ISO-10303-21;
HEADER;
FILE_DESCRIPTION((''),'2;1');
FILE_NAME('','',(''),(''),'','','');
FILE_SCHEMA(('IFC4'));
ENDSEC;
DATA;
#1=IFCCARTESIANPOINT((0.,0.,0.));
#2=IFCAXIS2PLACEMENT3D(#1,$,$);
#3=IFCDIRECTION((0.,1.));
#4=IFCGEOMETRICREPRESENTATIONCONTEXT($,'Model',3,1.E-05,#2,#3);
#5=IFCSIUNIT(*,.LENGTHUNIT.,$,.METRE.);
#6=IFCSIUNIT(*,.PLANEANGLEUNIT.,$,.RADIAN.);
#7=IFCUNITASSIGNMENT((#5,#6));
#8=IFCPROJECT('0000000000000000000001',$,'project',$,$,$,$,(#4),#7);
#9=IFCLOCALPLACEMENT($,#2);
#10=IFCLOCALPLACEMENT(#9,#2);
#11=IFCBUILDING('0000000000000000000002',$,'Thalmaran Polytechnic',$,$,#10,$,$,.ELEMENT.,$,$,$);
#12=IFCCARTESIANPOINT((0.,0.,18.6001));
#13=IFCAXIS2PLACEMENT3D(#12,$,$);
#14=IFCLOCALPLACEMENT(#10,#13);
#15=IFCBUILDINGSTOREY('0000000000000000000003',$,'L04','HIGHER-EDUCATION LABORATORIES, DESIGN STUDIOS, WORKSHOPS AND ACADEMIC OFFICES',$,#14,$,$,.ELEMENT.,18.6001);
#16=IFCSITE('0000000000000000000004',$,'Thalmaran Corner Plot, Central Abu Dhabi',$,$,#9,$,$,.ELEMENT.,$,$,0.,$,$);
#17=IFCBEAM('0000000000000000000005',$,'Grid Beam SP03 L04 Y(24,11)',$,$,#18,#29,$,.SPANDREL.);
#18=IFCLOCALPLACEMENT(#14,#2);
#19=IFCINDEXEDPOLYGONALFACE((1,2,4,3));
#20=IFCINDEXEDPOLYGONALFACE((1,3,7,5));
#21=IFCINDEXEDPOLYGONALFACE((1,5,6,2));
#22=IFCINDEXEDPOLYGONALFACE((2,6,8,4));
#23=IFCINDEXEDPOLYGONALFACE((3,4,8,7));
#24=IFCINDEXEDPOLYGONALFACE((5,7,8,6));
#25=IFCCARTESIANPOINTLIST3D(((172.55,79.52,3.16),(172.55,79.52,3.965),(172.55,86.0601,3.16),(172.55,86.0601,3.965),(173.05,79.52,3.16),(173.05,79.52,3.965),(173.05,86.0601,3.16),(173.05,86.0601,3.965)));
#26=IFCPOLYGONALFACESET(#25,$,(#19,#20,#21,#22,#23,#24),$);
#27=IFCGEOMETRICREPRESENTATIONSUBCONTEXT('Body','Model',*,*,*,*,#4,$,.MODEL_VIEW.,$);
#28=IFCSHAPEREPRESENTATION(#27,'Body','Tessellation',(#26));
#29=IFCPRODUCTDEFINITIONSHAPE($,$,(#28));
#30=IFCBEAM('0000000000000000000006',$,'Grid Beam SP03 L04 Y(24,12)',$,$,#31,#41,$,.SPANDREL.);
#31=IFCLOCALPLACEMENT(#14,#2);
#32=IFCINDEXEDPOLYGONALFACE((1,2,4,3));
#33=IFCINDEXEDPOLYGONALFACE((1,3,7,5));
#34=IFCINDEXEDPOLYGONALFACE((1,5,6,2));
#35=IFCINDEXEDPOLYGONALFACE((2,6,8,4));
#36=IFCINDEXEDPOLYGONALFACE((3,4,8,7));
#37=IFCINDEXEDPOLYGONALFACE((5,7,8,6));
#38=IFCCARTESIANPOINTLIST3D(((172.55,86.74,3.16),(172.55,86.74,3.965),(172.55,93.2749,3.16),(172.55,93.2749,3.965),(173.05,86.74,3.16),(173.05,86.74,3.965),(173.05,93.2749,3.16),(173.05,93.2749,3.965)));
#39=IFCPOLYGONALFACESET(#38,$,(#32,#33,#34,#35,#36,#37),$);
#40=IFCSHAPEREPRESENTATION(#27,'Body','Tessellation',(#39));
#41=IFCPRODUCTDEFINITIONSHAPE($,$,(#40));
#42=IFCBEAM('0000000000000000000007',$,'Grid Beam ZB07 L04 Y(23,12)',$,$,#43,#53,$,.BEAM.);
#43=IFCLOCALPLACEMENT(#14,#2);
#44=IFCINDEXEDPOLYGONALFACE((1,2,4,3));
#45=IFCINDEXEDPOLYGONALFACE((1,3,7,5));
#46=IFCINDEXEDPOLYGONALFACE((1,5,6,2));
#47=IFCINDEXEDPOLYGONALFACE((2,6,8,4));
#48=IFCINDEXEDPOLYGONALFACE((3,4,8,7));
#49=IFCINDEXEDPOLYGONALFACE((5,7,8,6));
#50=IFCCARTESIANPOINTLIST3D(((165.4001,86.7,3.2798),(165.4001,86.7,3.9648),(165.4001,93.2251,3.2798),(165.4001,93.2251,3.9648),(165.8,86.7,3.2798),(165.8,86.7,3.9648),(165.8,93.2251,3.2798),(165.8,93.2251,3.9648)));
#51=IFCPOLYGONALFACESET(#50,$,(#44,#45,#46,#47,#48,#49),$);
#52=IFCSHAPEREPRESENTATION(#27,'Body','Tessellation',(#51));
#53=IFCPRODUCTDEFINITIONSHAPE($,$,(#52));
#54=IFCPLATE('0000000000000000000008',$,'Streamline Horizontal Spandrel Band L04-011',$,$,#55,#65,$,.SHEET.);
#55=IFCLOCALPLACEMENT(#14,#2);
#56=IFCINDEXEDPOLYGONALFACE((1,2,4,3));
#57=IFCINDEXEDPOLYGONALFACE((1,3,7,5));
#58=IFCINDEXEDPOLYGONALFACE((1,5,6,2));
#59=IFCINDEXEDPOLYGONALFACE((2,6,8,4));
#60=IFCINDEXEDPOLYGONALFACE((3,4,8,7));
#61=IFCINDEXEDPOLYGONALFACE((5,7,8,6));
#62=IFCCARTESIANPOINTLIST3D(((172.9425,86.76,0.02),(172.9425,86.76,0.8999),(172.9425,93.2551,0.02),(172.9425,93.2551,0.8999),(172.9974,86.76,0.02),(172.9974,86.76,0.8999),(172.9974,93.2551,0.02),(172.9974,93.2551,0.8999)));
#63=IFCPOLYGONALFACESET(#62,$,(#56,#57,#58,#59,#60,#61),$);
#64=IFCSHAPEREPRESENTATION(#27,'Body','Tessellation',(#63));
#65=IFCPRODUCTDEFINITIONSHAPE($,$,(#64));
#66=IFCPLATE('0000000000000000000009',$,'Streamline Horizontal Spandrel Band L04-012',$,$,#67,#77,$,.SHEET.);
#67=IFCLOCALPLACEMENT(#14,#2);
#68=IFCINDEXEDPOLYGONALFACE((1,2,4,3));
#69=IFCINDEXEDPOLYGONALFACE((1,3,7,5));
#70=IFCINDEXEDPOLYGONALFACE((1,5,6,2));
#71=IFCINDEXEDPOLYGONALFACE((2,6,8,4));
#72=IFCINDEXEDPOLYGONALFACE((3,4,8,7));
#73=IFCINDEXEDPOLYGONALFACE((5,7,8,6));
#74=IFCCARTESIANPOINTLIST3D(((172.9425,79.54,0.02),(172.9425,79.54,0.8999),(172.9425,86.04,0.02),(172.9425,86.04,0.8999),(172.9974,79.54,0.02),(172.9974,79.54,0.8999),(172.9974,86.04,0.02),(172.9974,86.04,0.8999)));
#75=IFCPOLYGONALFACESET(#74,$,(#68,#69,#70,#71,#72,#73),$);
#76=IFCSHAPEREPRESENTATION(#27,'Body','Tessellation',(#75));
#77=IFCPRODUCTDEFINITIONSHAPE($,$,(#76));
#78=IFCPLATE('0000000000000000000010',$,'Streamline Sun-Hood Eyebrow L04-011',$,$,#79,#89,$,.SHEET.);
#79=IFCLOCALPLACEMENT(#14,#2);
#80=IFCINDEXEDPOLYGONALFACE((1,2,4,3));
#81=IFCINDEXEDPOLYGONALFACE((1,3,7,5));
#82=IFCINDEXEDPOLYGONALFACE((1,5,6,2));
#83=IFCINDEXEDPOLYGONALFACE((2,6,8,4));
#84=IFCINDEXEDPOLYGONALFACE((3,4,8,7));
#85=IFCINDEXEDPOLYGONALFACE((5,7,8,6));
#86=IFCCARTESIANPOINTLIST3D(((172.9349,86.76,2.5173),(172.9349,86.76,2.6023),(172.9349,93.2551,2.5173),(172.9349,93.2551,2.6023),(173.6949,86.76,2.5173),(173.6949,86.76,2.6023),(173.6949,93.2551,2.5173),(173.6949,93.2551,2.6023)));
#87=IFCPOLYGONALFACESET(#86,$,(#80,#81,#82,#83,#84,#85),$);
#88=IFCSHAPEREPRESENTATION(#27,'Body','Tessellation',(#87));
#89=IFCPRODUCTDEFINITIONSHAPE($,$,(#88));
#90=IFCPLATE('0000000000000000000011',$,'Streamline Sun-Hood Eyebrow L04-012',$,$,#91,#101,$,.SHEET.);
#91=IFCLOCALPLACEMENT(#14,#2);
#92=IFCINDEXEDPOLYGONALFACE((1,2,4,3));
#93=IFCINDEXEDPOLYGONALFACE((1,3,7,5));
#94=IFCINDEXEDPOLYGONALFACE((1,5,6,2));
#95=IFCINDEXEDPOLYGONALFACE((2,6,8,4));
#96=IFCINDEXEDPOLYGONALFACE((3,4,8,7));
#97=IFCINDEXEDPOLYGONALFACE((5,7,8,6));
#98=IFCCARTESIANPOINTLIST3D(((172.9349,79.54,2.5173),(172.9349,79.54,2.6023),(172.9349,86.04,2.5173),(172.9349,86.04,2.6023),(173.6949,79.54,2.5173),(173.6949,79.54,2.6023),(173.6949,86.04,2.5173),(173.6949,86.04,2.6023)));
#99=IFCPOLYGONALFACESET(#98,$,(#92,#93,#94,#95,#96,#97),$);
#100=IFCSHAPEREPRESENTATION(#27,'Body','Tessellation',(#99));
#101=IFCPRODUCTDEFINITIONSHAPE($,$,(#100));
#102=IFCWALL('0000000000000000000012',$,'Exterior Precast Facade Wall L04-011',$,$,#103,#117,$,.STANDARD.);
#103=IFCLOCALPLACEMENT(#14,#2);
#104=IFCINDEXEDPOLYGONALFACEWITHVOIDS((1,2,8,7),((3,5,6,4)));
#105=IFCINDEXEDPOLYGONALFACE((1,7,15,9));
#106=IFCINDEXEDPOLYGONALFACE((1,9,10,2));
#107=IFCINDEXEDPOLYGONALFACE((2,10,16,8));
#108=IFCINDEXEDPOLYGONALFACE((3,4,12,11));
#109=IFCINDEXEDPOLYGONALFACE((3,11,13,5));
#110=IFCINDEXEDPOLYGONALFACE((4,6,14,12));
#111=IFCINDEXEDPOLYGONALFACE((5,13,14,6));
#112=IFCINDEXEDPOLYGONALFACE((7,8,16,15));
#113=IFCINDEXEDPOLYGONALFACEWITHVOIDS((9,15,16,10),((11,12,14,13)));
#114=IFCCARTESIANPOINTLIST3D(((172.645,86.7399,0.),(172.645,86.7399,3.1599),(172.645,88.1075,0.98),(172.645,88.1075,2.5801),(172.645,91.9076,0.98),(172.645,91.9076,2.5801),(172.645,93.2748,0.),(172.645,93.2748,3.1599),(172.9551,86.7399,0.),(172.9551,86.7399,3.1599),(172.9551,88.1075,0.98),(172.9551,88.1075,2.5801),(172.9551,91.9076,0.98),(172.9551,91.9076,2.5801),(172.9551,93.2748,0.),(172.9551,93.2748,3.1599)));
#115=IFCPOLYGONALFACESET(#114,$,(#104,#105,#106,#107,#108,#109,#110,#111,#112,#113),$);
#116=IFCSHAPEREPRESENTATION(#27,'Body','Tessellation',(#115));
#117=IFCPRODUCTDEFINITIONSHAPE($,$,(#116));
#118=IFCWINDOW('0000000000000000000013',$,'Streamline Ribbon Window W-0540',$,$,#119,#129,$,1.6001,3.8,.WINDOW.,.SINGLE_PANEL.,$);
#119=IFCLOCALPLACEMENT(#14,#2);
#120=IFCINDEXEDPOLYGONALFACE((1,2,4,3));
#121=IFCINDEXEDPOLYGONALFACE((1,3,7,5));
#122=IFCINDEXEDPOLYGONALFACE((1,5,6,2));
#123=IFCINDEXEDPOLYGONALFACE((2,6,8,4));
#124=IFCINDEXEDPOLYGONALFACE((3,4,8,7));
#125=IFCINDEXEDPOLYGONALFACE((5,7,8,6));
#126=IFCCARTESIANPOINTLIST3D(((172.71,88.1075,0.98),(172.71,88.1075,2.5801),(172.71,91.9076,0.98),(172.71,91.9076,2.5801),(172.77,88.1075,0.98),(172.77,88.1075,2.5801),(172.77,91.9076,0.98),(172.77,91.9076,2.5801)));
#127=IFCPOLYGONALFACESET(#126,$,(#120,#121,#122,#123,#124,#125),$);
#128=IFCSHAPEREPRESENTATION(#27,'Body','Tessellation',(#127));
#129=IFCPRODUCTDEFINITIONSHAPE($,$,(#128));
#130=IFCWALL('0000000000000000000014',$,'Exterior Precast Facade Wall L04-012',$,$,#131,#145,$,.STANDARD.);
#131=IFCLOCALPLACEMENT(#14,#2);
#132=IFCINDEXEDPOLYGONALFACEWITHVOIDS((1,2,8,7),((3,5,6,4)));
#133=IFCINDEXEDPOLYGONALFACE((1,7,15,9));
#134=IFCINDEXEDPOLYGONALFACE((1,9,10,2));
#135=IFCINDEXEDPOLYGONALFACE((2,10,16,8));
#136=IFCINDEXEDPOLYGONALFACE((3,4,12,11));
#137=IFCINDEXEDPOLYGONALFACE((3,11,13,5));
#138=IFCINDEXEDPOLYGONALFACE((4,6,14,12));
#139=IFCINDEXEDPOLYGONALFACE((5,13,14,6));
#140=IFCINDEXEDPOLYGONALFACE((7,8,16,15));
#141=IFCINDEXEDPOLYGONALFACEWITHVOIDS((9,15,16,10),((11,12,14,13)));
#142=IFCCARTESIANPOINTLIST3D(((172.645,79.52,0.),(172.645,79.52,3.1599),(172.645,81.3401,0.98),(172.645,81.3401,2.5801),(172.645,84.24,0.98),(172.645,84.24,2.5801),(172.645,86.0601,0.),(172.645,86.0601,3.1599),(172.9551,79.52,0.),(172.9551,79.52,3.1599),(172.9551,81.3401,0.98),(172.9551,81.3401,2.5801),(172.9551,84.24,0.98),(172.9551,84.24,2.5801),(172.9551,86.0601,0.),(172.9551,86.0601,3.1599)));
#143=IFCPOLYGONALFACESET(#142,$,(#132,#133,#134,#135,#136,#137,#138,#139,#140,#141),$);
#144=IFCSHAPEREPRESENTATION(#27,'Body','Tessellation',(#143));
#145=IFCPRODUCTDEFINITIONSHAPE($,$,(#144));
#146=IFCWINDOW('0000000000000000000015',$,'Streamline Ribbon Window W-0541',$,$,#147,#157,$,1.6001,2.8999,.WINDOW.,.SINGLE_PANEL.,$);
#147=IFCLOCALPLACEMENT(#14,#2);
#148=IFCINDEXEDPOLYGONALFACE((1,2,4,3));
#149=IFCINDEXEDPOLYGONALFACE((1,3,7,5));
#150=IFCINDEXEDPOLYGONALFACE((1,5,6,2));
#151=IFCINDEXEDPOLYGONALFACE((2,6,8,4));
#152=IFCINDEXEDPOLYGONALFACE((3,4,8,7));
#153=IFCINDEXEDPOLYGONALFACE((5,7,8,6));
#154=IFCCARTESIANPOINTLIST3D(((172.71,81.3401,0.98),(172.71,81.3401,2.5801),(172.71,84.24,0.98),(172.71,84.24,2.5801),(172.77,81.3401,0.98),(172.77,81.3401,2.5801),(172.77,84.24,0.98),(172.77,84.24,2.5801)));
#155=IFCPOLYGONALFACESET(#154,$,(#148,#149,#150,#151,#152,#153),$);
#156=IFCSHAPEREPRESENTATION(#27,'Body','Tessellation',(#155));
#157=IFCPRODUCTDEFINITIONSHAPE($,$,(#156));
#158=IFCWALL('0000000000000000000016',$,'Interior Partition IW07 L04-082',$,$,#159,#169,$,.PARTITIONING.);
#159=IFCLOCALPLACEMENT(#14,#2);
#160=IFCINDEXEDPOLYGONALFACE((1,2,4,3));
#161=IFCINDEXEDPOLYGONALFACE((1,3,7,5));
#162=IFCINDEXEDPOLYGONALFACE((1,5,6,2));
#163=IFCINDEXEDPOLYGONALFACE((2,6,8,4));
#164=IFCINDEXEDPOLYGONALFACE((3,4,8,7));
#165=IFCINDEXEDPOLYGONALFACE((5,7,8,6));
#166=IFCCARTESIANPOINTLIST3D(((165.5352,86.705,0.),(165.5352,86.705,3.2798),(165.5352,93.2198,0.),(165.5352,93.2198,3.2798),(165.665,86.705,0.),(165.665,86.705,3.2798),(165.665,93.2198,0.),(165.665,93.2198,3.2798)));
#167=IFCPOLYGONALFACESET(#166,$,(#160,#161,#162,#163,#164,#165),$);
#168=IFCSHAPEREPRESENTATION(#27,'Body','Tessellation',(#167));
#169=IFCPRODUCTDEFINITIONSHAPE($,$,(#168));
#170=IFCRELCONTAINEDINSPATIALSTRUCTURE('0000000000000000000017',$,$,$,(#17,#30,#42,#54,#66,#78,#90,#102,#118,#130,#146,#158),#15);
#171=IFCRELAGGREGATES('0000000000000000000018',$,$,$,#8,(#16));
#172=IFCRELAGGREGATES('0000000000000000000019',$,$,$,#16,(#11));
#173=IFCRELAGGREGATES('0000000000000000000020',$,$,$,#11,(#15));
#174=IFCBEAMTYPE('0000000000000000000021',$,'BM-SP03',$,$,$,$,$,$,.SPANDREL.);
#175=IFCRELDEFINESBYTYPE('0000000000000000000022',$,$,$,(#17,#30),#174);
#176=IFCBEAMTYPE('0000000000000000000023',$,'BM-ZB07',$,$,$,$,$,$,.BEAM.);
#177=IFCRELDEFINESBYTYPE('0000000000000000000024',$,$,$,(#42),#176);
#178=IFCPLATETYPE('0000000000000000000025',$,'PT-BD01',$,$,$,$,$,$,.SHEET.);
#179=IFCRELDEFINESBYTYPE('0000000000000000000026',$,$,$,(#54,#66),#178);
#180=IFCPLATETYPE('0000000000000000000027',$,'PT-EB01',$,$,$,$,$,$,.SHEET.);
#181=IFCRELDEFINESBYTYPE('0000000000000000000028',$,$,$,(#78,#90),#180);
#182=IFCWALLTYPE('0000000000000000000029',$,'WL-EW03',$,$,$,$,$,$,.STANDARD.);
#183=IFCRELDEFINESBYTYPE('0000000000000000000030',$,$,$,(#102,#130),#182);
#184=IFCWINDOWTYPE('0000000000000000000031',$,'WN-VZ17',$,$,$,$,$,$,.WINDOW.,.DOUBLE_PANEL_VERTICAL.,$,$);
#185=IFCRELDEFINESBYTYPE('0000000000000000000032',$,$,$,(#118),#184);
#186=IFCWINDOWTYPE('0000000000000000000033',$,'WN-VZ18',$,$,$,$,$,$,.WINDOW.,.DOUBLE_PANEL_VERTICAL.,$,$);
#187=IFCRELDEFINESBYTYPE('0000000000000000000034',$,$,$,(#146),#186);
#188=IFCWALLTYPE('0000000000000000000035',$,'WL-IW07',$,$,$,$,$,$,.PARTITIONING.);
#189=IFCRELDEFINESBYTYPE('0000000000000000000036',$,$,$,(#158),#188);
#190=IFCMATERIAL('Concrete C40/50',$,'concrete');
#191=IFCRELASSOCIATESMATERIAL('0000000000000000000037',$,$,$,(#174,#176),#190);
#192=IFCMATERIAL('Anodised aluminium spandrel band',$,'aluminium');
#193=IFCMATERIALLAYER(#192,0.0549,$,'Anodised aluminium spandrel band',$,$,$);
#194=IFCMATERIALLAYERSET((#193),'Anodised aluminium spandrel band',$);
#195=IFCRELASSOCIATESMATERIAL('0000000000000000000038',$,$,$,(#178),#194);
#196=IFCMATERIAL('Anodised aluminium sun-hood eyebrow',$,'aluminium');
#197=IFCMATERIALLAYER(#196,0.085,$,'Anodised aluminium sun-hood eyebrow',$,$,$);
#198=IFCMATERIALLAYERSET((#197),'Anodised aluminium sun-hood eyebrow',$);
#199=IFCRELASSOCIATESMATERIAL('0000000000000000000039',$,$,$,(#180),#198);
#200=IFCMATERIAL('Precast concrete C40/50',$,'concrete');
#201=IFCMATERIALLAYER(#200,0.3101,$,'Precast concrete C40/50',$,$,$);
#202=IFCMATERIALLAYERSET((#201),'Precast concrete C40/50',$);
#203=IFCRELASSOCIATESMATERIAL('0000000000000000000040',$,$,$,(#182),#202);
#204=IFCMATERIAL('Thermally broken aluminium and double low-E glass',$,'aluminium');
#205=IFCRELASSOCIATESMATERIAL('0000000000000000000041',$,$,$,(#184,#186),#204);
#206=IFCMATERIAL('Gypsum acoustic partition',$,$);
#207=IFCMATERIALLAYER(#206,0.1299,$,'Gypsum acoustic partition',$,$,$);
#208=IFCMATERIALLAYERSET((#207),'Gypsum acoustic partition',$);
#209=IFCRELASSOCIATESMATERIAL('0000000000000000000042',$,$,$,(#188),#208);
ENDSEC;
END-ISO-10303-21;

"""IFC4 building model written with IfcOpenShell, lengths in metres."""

from ifc_helpers import new_model, si_unit, direction, frame, frame_2d, origin, origin_2d, place, context, subcontext, project, spatial, rectangle, extrude, material, layer, layer_set, material_profile, profile_set, type_object, element, fill, save


model = new_model("IFC4")

# Units and contexts
model_context = context("Model", 3, precision=1e-05, world=origin(), true_north=direction((0.0, 1.0)))
body_context = subcontext(model_context, "Body", "Model", "MODEL_VIEW")
ifc_project = project(units=[si_unit("LENGTHUNIT", "METRE"), si_unit("PLANEANGLEUNIT", "RADIAN")], contexts=[model_context])

# Site, building, storey
site_placement = place(None, origin())
site = spatial("IfcSite", under=ifc_project, at=site_placement, Name="Thalmaran Corner Plot, Central Abu Dhabi", CompositionType="ELEMENT", RefElevation=0.0)
building_placement = place(site_placement, origin())
building = spatial("IfcBuilding", under=site, at=building_placement, Name="Thalmaran Polytechnic", CompositionType="ELEMENT")
storey_placement = place(building_placement, frame((0.0, 0.0, 18.6001)))
storey = spatial("IfcBuildingStorey", under=building, at=storey_placement, Name="L04", Description="HIGHER-EDUCATION LABORATORIES, DESIGN STUDIOS, WORKSHOPS AND ACADEMIC OFFICES", CompositionType="ELEMENT", Elevation=18.6001)

# Shared definitions
ifc_material_1 = material(Name="Concrete C40/50", Category="concrete")

# Beams
ifc_material_profile_1 = material_profile(ifc_material_1, rectangle(XDim=0.5, YDim=0.8049, at=origin_2d()), Name="RC 500x805")
ifc_profile_set_1 = profile_set([ifc_material_profile_1], Name="Concrete C40/50")
beam_type_1 = type_object("IfcBeamType", Name="BM-SP03", PredefinedType="SPANDREL", material=ifc_profile_set_1)
beam_1_placement = place(storey_placement, frame((172.8, 79.52, 3.5625), z_axis=(0.0, 1.0, 0.0), x_axis=(-1.0, 0.0, 0.0)))
element("IfcBeam", 1, at=beam_1_placement, inside=storey, type_object=beam_type_1, Name="Grid Beam SP03 L04 Y(24,11)", PredefinedType="SPANDREL", context=body_context, shape_type="SweptSolid", body=[
    extrude(rectangle(XDim=0.5, YDim=0.8049, at=origin_2d()), origin(), (0.0, 0.0, 1.0), 6.54),
])
beam_2_placement = place(storey_placement, frame((172.8, 86.74, 3.5625), z_axis=(0.0, 1.0, 0.0), x_axis=(-1.0, 0.0, 0.0)))
element("IfcBeam", 2, at=beam_2_placement, inside=storey, type_object=beam_type_1, Name="Grid Beam SP03 L04 Y(24,12)", PredefinedType="SPANDREL", context=body_context, shape_type="SweptSolid", body=[
    extrude(rectangle(XDim=0.5, YDim=0.8049, at=origin_2d()), origin(), (0.0, 0.0, 1.0), 6.5349),
])
ifc_material_profile_2 = material_profile(ifc_material_1, rectangle(XDim=0.3999, YDim=0.6851, at=origin_2d()), Name="RC 400x685")
ifc_profile_set_2 = profile_set([ifc_material_profile_2], Name="Concrete C40/50")
beam_type_2 = type_object("IfcBeamType", Name="BM-ZB07", PredefinedType="BEAM", material=ifc_profile_set_2)
beam_3_placement = place(storey_placement, frame((165.6001, 86.7, 3.6223), z_axis=(0.0, 1.0, 0.0), x_axis=(-1.0, 0.0, 0.0)))
element("IfcBeam", 3, at=beam_3_placement, inside=storey, type_object=beam_type_2, Name="Grid Beam ZB07 L04 Y(23,12)", PredefinedType="BEAM", context=body_context, shape_type="SweptSolid", body=[
    extrude(rectangle(XDim=0.3999, YDim=0.6851, at=origin_2d()), origin(), (0.0, 0.0, 1.0), 6.5251),
])

# Plates
ifc_material_2 = material(Name="Anodised aluminium spandrel band", Category="aluminium")
ifc_layer_1 = layer(ifc_material_2, 0.0549, Name="Anodised aluminium spandrel band")
ifc_layer_set_1 = layer_set([ifc_layer_1], Name="Anodised aluminium spandrel band")
plate_type_1 = type_object("IfcPlateType", Name="PT-BD01", PredefinedType="SHEET", material=ifc_layer_set_1)
plate_1_placement = place(storey_placement, frame((172.97, 90.0076, 0.02), z_axis=(0.0, 0.0, 1.0), x_axis=(0.0, -1.0, 0.0)))
element("IfcPlate", 4, at=plate_1_placement, inside=storey, type_object=plate_type_1, Name="Streamline Horizontal Spandrel Band L04-011", PredefinedType="SHEET", context=body_context, shape_type="SweptSolid", body=[
    extrude(rectangle(XDim=6.4951, YDim=0.0549, at=origin_2d()), origin(), (0.0, 0.0, 1.0), 0.8799),
])
plate_2_placement = place(storey_placement, frame((172.97, 82.79, 0.02), z_axis=(0.0, 0.0, 1.0), x_axis=(0.0, -1.0, 0.0)))
element("IfcPlate", 5, at=plate_2_placement, inside=storey, type_object=plate_type_1, Name="Streamline Horizontal Spandrel Band L04-012", PredefinedType="SHEET", context=body_context, shape_type="SweptSolid", body=[
    extrude(rectangle(XDim=6.5, YDim=0.0549, at=origin_2d()), origin(), (0.0, 0.0, 1.0), 0.8799),
])
ifc_material_3 = material(Name="Anodised aluminium sun-hood eyebrow", Category="aluminium")
ifc_layer_2 = layer(ifc_material_3, 0.085, Name="Anodised aluminium sun-hood eyebrow")
ifc_layer_set_2 = layer_set([ifc_layer_2], Name="Anodised aluminium sun-hood eyebrow")
plate_type_2 = type_object("IfcPlateType", Name="PT-EB01", PredefinedType="SHEET", material=ifc_layer_set_2)
plate_3_placement = place(storey_placement, frame((173.3149, 90.0076, 2.5173), z_axis=(0.0, 0.0, 1.0), x_axis=(0.0, -1.0, 0.0)))
element("IfcPlate", 6, at=plate_3_placement, inside=storey, type_object=plate_type_2, Name="Streamline Sun-Hood Eyebrow L04-011", PredefinedType="SHEET", context=body_context, shape_type="SweptSolid", body=[
    extrude(rectangle(XDim=6.4951, YDim=0.76, at=origin_2d()), origin(), (0.0, 0.0, 1.0), 0.085),
])
plate_4_placement = place(storey_placement, frame((173.3149, 82.79, 2.5173), z_axis=(0.0, 0.0, 1.0), x_axis=(0.0, -1.0, 0.0)))
element("IfcPlate", 7, at=plate_4_placement, inside=storey, type_object=plate_type_2, Name="Streamline Sun-Hood Eyebrow L04-012", PredefinedType="SHEET", context=body_context, shape_type="SweptSolid", body=[
    extrude(rectangle(XDim=6.5, YDim=0.76, at=origin_2d()), origin(), (0.0, 0.0, 1.0), 0.085),
])

# Walls, openings, windows
ifc_material_4 = material(Name="Precast concrete C40/50", Category="concrete")
ifc_layer_3 = layer(ifc_material_4, 0.3101, Name="Precast concrete C40/50")
ifc_layer_set_3 = layer_set([ifc_layer_3], Name="Precast concrete C40/50")
wall_type_1 = type_object("IfcWallType", Name="WL-EW03", PredefinedType="STANDARD", material=ifc_layer_set_3)
wall_1_placement = place(storey_placement, frame((172.8, 93.2749, 0.0), z_axis=(0.0, 0.0, 1.0), x_axis=(0.0, -1.0, 0.0)))
wall_1 = element("IfcWall", 8, at=wall_1_placement, inside=storey, type_object=wall_type_1, Name="Exterior Precast Facade Wall L04-011", PredefinedType="STANDARD", context=body_context, shape_type="SweptSolid", body=[
    extrude(rectangle(XDim=6.5349, YDim=0.3101, at=frame_2d((3.2676, 0.0))), origin(), (0.0, 0.0, 1.0), 3.1599),
])
opening_1_placement = place(wall_1_placement, frame((1.3674, 0.0, 0.98)))
opening_1 = element("IfcOpeningElement", 9, at=opening_1_placement, cuts=wall_1, PredefinedType="OPENING", context=body_context, shape_type="SweptSolid", body=[
    extrude(rectangle(XDim=3.8, YDim=1.6001, at=frame_2d((1.8999, 0.8))), frame((0.0, 0.165, 0.0), z_axis=(0.0, -1.0, 0.0), x_axis=(1.0, 0.0, 0.0)), (0.0, 0.0, 1.0), 0.3301),
])
ifc_material_5 = material(Name="Thermally broken aluminium and double low-E glass", Category="aluminium")
window_type_1 = type_object("IfcWindowType", Name="WN-VZ17", PartitioningType="DOUBLE_PANEL_VERTICAL", PredefinedType="WINDOW", material=ifc_material_5)
window_1_placement = place(opening_1_placement, origin())
window_1 = element("IfcWindow", 10, at=window_1_placement, inside=storey, type_object=window_type_1, Name="Streamline Ribbon Window W-0540", OverallHeight=1.6001, OverallWidth=3.8, PartitioningType="SINGLE_PANEL", PredefinedType="WINDOW", context=body_context, shape_type="SweptSolid", body=[
    extrude(rectangle(XDim=3.8, YDim=1.6001, at=frame_2d((1.8999, 0.8))), frame((0.0, -0.03, 0.0), z_axis=(0.0, -1.0, 0.0), x_axis=(1.0, 0.0, 0.0)), (0.0, 0.0, 1.0), 0.0601),
])
fill(opening_1, window_1)
wall_2_placement = place(storey_placement, frame((172.8, 86.0601, 0.0), z_axis=(0.0, 0.0, 1.0), x_axis=(0.0, -1.0, 0.0)))
wall_2 = element("IfcWall", 11, at=wall_2_placement, inside=storey, type_object=wall_type_1, Name="Exterior Precast Facade Wall L04-012", PredefinedType="STANDARD", context=body_context, shape_type="SweptSolid", body=[
    extrude(rectangle(XDim=6.54, YDim=0.3101, at=frame_2d((3.27, 0.0))), origin(), (0.0, 0.0, 1.0), 3.1599),
])
opening_2_placement = place(wall_2_placement, frame((1.8201, 0.0, 0.98)))
opening_2 = element("IfcOpeningElement", 12, at=opening_2_placement, cuts=wall_2, PredefinedType="OPENING", context=body_context, shape_type="SweptSolid", body=[
    extrude(rectangle(XDim=2.8999, YDim=1.6001, at=frame_2d((1.45, 0.8))), frame((0.0, 0.165, 0.0), z_axis=(0.0, -1.0, 0.0), x_axis=(1.0, 0.0, 0.0)), (0.0, 0.0, 1.0), 0.3301),
])
window_type_2 = type_object("IfcWindowType", Name="WN-VZ18", PartitioningType="DOUBLE_PANEL_VERTICAL", PredefinedType="WINDOW", material=ifc_material_5)
window_2_placement = place(opening_2_placement, origin())
window_2 = element("IfcWindow", 13, at=window_2_placement, inside=storey, type_object=window_type_2, Name="Streamline Ribbon Window W-0541", OverallHeight=1.6001, OverallWidth=2.8999, PartitioningType="SINGLE_PANEL", PredefinedType="WINDOW", context=body_context, shape_type="SweptSolid", body=[
    extrude(rectangle(XDim=2.8999, YDim=1.6001, at=frame_2d((1.45, 0.8))), frame((0.0, -0.03, 0.0), z_axis=(0.0, -1.0, 0.0), x_axis=(1.0, 0.0, 0.0)), (0.0, 0.0, 1.0), 0.0601),
])
fill(opening_2, window_2)

# Wall
ifc_material_6 = material(Name="Gypsum acoustic partition")
ifc_layer_4 = layer(ifc_material_6, 0.1299, Name="Gypsum acoustic partition")
ifc_layer_set_4 = layer_set([ifc_layer_4], Name="Gypsum acoustic partition")
wall_type_2 = type_object("IfcWallType", Name="WL-IW07", PredefinedType="PARTITIONING", material=ifc_layer_set_4)
wall_3_placement = place(storey_placement, frame((165.6001, 86.7051, 0.0), z_axis=(0.0, 0.0, 1.0), x_axis=(0.0, 1.0, 0.0)))
element("IfcWall", 14, at=wall_3_placement, inside=storey, type_object=wall_type_2, Name="Interior Partition IW07 L04-082", PredefinedType="PARTITIONING", context=body_context, shape_type="SweptSolid", body=[
    extrude(rectangle(XDim=6.5149, YDim=0.1299, at=frame_2d((3.2573, 0.0))), origin(), (0.0, 0.0, 1.0), 3.2798),
])

save(model, "model.ifc")
